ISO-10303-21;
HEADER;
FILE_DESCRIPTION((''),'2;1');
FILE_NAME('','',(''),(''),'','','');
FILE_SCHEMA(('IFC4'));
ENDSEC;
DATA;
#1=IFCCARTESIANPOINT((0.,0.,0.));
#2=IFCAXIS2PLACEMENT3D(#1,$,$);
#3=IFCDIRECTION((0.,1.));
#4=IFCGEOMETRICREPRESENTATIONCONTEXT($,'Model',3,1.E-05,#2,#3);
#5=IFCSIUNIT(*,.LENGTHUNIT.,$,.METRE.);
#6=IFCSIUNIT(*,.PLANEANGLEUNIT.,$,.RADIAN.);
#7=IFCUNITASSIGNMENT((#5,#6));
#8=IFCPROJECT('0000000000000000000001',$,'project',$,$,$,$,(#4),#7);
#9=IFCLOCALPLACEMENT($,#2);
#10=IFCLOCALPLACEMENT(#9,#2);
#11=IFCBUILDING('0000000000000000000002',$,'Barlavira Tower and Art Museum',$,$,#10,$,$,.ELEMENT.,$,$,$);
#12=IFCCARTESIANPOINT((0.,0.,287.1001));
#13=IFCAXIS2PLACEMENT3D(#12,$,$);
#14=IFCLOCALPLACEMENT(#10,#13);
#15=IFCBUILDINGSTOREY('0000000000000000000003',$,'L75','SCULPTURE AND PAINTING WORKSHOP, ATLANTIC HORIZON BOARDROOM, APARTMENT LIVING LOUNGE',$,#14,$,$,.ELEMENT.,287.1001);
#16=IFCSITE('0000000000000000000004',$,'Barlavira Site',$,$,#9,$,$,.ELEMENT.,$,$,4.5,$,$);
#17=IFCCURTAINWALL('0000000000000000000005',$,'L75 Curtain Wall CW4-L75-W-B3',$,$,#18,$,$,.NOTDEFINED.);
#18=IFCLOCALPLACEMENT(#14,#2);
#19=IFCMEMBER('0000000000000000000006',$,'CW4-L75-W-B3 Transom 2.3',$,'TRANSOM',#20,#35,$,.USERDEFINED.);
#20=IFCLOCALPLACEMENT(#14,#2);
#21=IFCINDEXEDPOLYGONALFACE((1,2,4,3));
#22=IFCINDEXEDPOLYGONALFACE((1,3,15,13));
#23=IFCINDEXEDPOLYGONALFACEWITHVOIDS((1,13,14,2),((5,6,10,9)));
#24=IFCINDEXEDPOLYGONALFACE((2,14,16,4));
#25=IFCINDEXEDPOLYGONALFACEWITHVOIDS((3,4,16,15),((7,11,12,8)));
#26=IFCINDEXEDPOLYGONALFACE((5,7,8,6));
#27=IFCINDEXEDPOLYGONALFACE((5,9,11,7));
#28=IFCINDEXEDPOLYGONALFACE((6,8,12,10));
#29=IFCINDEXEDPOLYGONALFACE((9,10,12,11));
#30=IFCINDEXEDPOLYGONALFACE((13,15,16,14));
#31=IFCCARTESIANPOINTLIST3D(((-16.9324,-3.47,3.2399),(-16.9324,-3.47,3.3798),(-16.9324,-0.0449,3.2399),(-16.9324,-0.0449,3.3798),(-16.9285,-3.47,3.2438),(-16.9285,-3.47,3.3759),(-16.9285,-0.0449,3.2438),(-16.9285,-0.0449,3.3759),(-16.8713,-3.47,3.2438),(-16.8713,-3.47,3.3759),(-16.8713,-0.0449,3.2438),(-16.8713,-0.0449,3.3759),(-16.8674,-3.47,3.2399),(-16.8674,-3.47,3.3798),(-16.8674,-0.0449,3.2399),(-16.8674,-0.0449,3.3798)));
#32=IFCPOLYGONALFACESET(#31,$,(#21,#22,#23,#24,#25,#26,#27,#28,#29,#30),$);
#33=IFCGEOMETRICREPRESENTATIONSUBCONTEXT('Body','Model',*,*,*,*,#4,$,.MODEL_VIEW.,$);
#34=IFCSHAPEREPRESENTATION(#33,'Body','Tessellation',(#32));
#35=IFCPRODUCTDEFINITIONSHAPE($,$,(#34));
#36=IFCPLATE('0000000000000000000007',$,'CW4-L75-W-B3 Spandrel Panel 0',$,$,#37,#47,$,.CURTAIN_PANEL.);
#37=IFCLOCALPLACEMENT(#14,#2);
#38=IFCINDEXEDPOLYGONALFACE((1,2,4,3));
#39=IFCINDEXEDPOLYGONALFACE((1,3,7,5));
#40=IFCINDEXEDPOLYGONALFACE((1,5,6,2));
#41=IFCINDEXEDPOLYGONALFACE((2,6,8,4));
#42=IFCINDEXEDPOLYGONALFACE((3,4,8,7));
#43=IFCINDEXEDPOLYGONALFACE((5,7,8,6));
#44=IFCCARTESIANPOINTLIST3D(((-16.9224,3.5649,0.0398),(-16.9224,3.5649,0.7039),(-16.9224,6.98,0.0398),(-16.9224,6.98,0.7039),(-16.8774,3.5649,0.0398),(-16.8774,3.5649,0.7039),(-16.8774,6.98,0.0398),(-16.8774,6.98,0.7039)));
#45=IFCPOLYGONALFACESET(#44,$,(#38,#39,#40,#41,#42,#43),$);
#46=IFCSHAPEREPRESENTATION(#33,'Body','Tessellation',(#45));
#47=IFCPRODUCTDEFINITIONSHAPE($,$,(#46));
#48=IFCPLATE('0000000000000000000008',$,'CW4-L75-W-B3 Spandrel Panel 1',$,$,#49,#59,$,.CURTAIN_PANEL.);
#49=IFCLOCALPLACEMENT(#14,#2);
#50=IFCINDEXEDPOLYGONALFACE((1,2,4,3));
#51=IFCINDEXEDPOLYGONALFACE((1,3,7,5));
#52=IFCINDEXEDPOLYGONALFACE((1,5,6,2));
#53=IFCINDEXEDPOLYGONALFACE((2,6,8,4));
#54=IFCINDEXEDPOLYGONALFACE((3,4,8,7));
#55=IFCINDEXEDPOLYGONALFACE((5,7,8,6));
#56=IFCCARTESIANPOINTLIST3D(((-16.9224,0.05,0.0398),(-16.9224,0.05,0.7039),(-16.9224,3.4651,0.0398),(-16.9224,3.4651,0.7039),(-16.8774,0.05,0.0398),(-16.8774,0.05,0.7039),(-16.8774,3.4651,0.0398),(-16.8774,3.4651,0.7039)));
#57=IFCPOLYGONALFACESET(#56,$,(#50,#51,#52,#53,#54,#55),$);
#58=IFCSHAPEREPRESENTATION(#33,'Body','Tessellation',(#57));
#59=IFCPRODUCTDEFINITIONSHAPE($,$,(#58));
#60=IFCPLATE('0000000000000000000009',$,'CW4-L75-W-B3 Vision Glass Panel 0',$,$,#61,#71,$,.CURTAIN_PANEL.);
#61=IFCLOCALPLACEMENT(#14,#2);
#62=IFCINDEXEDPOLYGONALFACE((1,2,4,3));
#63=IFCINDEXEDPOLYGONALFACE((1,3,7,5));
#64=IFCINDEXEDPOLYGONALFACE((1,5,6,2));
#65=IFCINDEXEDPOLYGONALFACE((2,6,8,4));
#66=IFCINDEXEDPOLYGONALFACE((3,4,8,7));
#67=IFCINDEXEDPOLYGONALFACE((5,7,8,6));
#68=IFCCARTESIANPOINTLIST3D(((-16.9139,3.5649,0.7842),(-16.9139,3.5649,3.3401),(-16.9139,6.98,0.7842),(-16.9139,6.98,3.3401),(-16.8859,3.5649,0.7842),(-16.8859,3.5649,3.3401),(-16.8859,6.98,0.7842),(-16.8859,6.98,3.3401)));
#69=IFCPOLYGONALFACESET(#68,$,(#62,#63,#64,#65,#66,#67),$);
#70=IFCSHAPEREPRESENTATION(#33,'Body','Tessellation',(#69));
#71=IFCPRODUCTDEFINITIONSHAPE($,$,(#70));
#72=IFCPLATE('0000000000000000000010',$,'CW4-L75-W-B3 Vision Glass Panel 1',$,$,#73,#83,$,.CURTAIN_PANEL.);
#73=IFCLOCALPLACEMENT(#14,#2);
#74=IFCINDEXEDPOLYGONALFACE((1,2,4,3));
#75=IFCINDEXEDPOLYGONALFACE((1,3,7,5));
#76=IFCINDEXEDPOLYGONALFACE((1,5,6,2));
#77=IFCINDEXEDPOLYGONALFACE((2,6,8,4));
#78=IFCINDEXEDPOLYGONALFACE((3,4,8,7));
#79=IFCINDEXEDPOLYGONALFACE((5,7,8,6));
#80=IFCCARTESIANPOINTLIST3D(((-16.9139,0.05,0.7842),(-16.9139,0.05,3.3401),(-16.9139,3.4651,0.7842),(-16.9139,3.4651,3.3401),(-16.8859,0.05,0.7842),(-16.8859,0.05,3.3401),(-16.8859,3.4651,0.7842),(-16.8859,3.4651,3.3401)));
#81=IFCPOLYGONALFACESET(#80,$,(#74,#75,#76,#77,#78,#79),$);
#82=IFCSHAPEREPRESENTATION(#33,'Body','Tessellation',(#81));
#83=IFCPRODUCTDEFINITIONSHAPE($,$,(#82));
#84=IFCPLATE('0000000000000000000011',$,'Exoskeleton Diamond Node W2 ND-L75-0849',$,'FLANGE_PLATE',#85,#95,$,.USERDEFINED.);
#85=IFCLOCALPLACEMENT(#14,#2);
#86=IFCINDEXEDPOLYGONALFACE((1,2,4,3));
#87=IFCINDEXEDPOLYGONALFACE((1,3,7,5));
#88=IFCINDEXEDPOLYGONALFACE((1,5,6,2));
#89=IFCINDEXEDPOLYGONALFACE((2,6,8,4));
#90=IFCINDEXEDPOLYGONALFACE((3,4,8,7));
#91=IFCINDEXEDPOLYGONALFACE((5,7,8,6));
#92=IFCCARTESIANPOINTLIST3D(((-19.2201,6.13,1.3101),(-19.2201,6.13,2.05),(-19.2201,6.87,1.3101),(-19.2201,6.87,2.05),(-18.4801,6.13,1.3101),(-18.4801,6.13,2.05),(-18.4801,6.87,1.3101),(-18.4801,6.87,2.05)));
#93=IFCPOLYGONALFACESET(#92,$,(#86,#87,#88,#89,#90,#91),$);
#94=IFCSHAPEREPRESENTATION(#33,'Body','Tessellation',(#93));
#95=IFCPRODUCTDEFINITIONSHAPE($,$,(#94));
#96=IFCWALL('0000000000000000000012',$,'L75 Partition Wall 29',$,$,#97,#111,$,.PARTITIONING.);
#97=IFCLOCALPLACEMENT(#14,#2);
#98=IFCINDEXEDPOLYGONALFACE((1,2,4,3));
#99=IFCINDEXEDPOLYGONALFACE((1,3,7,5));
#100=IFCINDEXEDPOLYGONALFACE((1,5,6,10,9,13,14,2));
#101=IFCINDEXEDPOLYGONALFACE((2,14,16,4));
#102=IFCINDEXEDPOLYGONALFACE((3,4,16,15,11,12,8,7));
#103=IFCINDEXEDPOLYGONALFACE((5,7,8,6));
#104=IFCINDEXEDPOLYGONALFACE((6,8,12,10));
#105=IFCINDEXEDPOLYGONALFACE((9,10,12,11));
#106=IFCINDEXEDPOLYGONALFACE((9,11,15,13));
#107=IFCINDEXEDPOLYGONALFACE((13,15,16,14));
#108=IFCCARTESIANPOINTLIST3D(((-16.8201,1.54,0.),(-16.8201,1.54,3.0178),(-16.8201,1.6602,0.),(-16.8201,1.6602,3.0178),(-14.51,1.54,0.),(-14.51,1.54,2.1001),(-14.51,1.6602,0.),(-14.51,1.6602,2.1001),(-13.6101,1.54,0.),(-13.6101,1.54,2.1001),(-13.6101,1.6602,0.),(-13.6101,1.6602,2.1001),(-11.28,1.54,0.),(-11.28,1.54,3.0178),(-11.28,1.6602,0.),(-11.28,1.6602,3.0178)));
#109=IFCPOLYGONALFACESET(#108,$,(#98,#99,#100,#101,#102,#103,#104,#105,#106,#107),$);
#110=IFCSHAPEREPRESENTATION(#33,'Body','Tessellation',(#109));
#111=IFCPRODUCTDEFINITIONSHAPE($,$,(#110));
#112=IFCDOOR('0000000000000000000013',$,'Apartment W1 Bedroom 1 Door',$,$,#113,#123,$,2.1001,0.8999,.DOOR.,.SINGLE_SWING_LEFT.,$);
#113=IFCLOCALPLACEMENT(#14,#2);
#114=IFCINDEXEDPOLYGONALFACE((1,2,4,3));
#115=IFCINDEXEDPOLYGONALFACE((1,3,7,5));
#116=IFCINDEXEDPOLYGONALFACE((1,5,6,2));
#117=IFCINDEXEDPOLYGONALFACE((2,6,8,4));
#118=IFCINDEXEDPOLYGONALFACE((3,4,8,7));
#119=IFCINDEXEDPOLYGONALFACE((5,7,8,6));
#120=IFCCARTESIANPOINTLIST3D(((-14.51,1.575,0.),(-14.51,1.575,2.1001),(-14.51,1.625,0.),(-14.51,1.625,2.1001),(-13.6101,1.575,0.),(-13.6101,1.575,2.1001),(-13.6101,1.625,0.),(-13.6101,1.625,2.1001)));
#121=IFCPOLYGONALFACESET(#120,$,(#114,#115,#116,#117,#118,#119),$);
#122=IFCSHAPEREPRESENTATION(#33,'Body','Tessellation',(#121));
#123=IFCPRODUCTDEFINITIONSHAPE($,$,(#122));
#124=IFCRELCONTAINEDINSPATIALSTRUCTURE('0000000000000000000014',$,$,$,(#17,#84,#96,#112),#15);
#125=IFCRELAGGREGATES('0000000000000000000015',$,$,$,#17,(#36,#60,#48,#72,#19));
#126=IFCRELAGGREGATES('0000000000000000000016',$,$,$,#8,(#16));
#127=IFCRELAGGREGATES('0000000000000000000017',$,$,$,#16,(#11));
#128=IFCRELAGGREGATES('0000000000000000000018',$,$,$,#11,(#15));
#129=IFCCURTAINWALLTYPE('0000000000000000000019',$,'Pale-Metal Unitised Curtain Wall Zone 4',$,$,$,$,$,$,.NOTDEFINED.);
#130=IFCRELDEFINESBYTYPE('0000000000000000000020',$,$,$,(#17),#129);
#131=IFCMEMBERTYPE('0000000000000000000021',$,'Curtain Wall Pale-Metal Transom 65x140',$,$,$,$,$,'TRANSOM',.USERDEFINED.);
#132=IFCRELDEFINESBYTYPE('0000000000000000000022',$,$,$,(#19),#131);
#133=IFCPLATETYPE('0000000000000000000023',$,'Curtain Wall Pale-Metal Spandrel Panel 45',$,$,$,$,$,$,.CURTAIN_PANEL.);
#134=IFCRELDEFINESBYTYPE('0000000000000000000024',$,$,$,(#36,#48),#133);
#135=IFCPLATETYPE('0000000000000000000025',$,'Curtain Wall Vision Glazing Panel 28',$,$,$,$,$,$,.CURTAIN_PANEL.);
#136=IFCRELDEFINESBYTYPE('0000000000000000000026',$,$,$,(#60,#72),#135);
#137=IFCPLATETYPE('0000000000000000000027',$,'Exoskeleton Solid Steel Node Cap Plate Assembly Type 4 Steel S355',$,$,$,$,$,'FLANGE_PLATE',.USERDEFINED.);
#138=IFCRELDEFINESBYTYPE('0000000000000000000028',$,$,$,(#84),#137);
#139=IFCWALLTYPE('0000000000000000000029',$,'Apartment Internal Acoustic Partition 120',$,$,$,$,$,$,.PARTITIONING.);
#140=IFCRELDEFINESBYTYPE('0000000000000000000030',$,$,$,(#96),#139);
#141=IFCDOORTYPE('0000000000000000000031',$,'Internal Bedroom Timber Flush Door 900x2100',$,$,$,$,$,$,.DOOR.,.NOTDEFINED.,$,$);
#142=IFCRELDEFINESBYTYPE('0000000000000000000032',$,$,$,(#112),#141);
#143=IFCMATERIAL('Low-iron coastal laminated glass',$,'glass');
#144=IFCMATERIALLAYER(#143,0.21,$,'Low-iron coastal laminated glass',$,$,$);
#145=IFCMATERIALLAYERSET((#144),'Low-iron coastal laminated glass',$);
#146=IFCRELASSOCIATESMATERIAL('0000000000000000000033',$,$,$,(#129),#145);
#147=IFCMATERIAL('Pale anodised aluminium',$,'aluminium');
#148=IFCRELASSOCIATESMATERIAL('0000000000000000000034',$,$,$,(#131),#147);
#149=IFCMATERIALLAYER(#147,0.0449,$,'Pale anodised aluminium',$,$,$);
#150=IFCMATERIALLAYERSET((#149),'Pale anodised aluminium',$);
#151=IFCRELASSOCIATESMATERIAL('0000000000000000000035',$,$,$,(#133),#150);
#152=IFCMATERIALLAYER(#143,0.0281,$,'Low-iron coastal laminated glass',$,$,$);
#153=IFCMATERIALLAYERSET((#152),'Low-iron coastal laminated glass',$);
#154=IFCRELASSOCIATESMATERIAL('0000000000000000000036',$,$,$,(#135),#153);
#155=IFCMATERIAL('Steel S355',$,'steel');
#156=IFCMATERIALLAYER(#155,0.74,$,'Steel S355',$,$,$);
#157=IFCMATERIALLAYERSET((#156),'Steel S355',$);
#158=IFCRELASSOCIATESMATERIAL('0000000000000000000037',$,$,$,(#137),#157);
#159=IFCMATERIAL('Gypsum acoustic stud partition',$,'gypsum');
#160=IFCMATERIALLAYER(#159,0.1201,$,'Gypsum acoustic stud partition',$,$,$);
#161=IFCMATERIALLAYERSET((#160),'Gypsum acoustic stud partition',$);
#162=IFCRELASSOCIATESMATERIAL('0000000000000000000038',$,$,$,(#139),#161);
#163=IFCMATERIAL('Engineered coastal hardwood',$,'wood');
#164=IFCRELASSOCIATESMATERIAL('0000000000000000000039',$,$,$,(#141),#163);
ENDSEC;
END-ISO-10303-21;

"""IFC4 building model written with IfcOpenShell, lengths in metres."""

from ifc_helpers import new_model, si_unit, direction, frame, frame_2d, origin, origin_2d, place, context, subcontext, project, spatial, rectangle, hollow_rectangle, extrude, material, layer, layer_set, material_profile, profile_set, type_object, element, fill, aggregate, save


model = new_model("IFC4")

# Units and contexts
model_context = context("Model", 3, precision=1e-05, world=origin(), true_north=direction((0.0, 1.0)))
body_context = subcontext(model_context, "Body", "Model", "MODEL_VIEW")
ifc_project = project(units=[si_unit("LENGTHUNIT", "METRE"), si_unit("PLANEANGLEUNIT", "RADIAN")], contexts=[model_context])

# Site, building, storey
site_placement = place(None, origin())
site = spatial("IfcSite", under=ifc_project, at=site_placement, Name="Barlavira Site", CompositionType="ELEMENT", RefElevation=4.5)
building_placement = place(site_placement, origin())
building = spatial("IfcBuilding", under=site, at=building_placement, Name="Barlavira Tower and Art Museum", CompositionType="ELEMENT")
storey_placement = place(building_placement, frame((0.0, 0.0, 287.1001)))
storey = spatial("IfcBuildingStorey", under=building, at=storey_placement, Name="L75", Description="SCULPTURE AND PAINTING WORKSHOP, ATLANTIC HORIZON BOARDROOM, APARTMENT LIVING LOUNGE", CompositionType="ELEMENT", Elevation=287.1001)

# Curtain wall, member, plates
ifc_material_1 = material(Name="Low-iron coastal laminated glass", Category="glass")
ifc_layer_1 = layer(ifc_material_1, 0.21, Name="Low-iron coastal laminated glass")
ifc_layer_set_1 = layer_set([ifc_layer_1], Name="Low-iron coastal laminated glass")
curtain_wall_type = type_object("IfcCurtainWallType", Name="Pale-Metal Unitised Curtain Wall Zone 4", PredefinedType="NOTDEFINED", material=ifc_layer_set_1)
curtain_wall_placement = place(storey_placement, origin())
curtain_wall = element("IfcCurtainWall", 1, at=curtain_wall_placement, inside=storey, type_object=curtain_wall_type, Name="L75 Curtain Wall CW4-L75-W-B3", PredefinedType="NOTDEFINED")
ifc_material_2 = material(Name="Pale anodised aluminium", Category="aluminium")
ifc_material_profile_1 = material_profile(ifc_material_2, hollow_rectangle(XDim=0.0649, YDim=0.1399, WallThickness=0.0039, at=origin_2d()), Name="ALU-TRAN 65x140x4")
ifc_profile_set_1 = profile_set([ifc_material_profile_1], Name="Pale anodised aluminium")
member_type_1 = type_object("IfcMemberType", Name="Curtain Wall Pale-Metal Transom 65x140", ElementType="TRANSOM", PredefinedType="USERDEFINED", material=ifc_profile_set_1)
member_1_placement = place(storey_placement, frame((-16.8999, -0.0449, 3.3098), z_axis=(0.0, -1.0, 0.0), x_axis=(1.0, 0.0, 0.0)))
member_1 = element("IfcMember", 2, at=member_1_placement, type_object=member_type_1, Name="CW4-L75-W-B3 Transom 2.3", ObjectType="TRANSOM", PredefinedType="USERDEFINED", context=body_context, shape_type="SweptSolid", body=[
    extrude(hollow_rectangle(XDim=0.0649, YDim=0.1399, WallThickness=0.0039, at=origin_2d()), origin(), (0.0, 0.0, 1.0), 3.425),
])
ifc_layer_2 = layer(ifc_material_2, 0.0449, Name="Pale anodised aluminium")
ifc_layer_set_2 = layer_set([ifc_layer_2], Name="Pale anodised aluminium")
plate_type_1 = type_object("IfcPlateType", Name="Curtain Wall Pale-Metal Spandrel Panel 45", PredefinedType="CURTAIN_PANEL", material=ifc_layer_set_2)
plate_1_placement = place(storey_placement, frame((-16.8999, 5.2725, 0.0398), z_axis=(0.0, 0.0, 1.0), x_axis=(0.0, -1.0, 0.0)))
plate_1 = element("IfcPlate", 3, at=plate_1_placement, type_object=plate_type_1, Name="CW4-L75-W-B3 Spandrel Panel 0", PredefinedType="CURTAIN_PANEL", context=body_context, shape_type="SweptSolid", body=[
    extrude(rectangle(XDim=3.415, YDim=0.0449, at=origin_2d()), origin(), (0.0, 0.0, 1.0), 0.6641),
])
plate_2_placement = place(storey_placement, frame((-16.8999, 1.7576, 0.0398), z_axis=(0.0, 0.0, 1.0), x_axis=(0.0, -1.0, 0.0)))
plate_2 = element("IfcPlate", 4, at=plate_2_placement, type_object=plate_type_1, Name="CW4-L75-W-B3 Spandrel Panel 1", PredefinedType="CURTAIN_PANEL", context=body_context, shape_type="SweptSolid", body=[
    extrude(rectangle(XDim=3.415, YDim=0.0449, at=origin_2d()), origin(), (0.0, 0.0, 1.0), 0.6641),
])
ifc_layer_3 = layer(ifc_material_1, 0.0281, Name="Low-iron coastal laminated glass")
ifc_layer_set_3 = layer_set([ifc_layer_3], Name="Low-iron coastal laminated glass")
plate_type_2 = type_object("IfcPlateType", Name="Curtain Wall Vision Glazing Panel 28", PredefinedType="CURTAIN_PANEL", material=ifc_layer_set_3)
plate_3_placement = place(storey_placement, frame((-16.8999, 5.2725, 0.7842), z_axis=(0.0, 0.0, 1.0), x_axis=(0.0, -1.0, 0.0)))
plate_3 = element("IfcPlate", 5, at=plate_3_placement, type_object=plate_type_2, Name="CW4-L75-W-B3 Vision Glass Panel 0", PredefinedType="CURTAIN_PANEL", context=body_context, shape_type="SweptSolid", body=[
    extrude(rectangle(XDim=3.415, YDim=0.0281, at=origin_2d()), origin(), (0.0, 0.0, 1.0), 2.5559),
])
plate_4_placement = place(storey_placement, frame((-16.8999, 1.7576, 0.7842), z_axis=(0.0, 0.0, 1.0), x_axis=(0.0, -1.0, 0.0)))
plate_4 = element("IfcPlate", 6, at=plate_4_placement, type_object=plate_type_2, Name="CW4-L75-W-B3 Vision Glass Panel 1", PredefinedType="CURTAIN_PANEL", context=body_context, shape_type="SweptSolid", body=[
    extrude(rectangle(XDim=3.415, YDim=0.0281, at=origin_2d()), origin(), (0.0, 0.0, 1.0), 2.5559),
])
aggregate(curtain_wall, [plate_1, plate_3, plate_2, plate_4, member_1])

# Plate
ifc_material_3 = material(Name="Steel S355", Category="steel")
ifc_layer_4 = layer(ifc_material_3, 0.74, Name="Steel S355")
ifc_layer_set_4 = layer_set([ifc_layer_4], Name="Steel S355")
plate_type_3 = type_object("IfcPlateType", Name="Exoskeleton Solid Steel Node Cap Plate Assembly Type 4 Steel S355", ElementType="FLANGE_PLATE", PredefinedType="USERDEFINED", material=ifc_layer_set_4)
plate_5_placement = place(storey_placement, frame((-18.8501, 6.5, 1.3101), z_axis=(0.0, 0.0, 1.0), x_axis=(1.0, 0.0, 0.0)))
element("IfcPlate", 7, at=plate_5_placement, inside=storey, type_object=plate_type_3, Name="Exoskeleton Diamond Node W2 ND-L75-0849", ObjectType="FLANGE_PLATE", PredefinedType="USERDEFINED", context=body_context, shape_type="SweptSolid", body=[
    extrude(rectangle(XDim=0.74, YDim=0.74, at=origin_2d()), origin(), (0.0, 0.0, 1.0), 0.74),
])

# Wall, opening, door
ifc_material_4 = material(Name="Gypsum acoustic stud partition", Category="gypsum")
ifc_layer_5 = layer(ifc_material_4, 0.1201, Name="Gypsum acoustic stud partition")
ifc_layer_set_5 = layer_set([ifc_layer_5], Name="Gypsum acoustic stud partition")
wall_type = type_object("IfcWallType", Name="Apartment Internal Acoustic Partition 120", PredefinedType="PARTITIONING", material=ifc_layer_set_5)
wall_placement = place(storey_placement, frame((-16.8201, 1.6001, 0.0), z_axis=(0.0, 0.0, 1.0), x_axis=(1.0, 0.0, 0.0)))
wall = element("IfcWall", 8, at=wall_placement, inside=storey, type_object=wall_type, Name="L75 Partition Wall 29", PredefinedType="PARTITIONING", context=body_context, shape_type="SweptSolid", body=[
    extrude(rectangle(XDim=5.54, YDim=0.1201, at=frame_2d((2.77, 0.0))), origin(), (0.0, 0.0, 1.0), 3.0178),
])
opening_placement = place(wall_placement, frame((2.3101, 0.0, 0.0)))
opening = element("IfcOpeningElement", 9, at=opening_placement, cuts=wall, PredefinedType="OPENING", context=body_context, shape_type="SweptSolid", body=[
    extrude(rectangle(XDim=0.8999, YDim=2.1001, at=frame_2d((0.45, 1.05))), frame((0.0, 0.0701, 0.0), z_axis=(0.0, -1.0, 0.0), x_axis=(1.0, 0.0, 0.0)), (0.0, 0.0, 1.0), 0.1401),
])
ifc_material_5 = material(Name="Engineered coastal hardwood", Category="wood")
door_type = type_object("IfcDoorType", Name="Internal Bedroom Timber Flush Door 900x2100", OperationType="NOTDEFINED", PredefinedType="DOOR", material=ifc_material_5)
door_placement = place(opening_placement, origin())
door = element("IfcDoor", 10, at=door_placement, inside=storey, type_object=door_type, Name="Apartment W1 Bedroom 1 Door", OperationType="SINGLE_SWING_LEFT", OverallHeight=2.1001, OverallWidth=0.8999, PredefinedType="DOOR", context=body_context, shape_type="SweptSolid", body=[
    extrude(rectangle(XDim=0.8999, YDim=2.1001, at=frame_2d((0.45, 1.05))), frame((0.0, 0.0249, 0.0), z_axis=(0.0, -1.0, 0.0), x_axis=(1.0, 0.0, 0.0)), (0.0, 0.0, 1.0), 0.05),
])
fill(opening, door)

save(model, "model.ifc")
